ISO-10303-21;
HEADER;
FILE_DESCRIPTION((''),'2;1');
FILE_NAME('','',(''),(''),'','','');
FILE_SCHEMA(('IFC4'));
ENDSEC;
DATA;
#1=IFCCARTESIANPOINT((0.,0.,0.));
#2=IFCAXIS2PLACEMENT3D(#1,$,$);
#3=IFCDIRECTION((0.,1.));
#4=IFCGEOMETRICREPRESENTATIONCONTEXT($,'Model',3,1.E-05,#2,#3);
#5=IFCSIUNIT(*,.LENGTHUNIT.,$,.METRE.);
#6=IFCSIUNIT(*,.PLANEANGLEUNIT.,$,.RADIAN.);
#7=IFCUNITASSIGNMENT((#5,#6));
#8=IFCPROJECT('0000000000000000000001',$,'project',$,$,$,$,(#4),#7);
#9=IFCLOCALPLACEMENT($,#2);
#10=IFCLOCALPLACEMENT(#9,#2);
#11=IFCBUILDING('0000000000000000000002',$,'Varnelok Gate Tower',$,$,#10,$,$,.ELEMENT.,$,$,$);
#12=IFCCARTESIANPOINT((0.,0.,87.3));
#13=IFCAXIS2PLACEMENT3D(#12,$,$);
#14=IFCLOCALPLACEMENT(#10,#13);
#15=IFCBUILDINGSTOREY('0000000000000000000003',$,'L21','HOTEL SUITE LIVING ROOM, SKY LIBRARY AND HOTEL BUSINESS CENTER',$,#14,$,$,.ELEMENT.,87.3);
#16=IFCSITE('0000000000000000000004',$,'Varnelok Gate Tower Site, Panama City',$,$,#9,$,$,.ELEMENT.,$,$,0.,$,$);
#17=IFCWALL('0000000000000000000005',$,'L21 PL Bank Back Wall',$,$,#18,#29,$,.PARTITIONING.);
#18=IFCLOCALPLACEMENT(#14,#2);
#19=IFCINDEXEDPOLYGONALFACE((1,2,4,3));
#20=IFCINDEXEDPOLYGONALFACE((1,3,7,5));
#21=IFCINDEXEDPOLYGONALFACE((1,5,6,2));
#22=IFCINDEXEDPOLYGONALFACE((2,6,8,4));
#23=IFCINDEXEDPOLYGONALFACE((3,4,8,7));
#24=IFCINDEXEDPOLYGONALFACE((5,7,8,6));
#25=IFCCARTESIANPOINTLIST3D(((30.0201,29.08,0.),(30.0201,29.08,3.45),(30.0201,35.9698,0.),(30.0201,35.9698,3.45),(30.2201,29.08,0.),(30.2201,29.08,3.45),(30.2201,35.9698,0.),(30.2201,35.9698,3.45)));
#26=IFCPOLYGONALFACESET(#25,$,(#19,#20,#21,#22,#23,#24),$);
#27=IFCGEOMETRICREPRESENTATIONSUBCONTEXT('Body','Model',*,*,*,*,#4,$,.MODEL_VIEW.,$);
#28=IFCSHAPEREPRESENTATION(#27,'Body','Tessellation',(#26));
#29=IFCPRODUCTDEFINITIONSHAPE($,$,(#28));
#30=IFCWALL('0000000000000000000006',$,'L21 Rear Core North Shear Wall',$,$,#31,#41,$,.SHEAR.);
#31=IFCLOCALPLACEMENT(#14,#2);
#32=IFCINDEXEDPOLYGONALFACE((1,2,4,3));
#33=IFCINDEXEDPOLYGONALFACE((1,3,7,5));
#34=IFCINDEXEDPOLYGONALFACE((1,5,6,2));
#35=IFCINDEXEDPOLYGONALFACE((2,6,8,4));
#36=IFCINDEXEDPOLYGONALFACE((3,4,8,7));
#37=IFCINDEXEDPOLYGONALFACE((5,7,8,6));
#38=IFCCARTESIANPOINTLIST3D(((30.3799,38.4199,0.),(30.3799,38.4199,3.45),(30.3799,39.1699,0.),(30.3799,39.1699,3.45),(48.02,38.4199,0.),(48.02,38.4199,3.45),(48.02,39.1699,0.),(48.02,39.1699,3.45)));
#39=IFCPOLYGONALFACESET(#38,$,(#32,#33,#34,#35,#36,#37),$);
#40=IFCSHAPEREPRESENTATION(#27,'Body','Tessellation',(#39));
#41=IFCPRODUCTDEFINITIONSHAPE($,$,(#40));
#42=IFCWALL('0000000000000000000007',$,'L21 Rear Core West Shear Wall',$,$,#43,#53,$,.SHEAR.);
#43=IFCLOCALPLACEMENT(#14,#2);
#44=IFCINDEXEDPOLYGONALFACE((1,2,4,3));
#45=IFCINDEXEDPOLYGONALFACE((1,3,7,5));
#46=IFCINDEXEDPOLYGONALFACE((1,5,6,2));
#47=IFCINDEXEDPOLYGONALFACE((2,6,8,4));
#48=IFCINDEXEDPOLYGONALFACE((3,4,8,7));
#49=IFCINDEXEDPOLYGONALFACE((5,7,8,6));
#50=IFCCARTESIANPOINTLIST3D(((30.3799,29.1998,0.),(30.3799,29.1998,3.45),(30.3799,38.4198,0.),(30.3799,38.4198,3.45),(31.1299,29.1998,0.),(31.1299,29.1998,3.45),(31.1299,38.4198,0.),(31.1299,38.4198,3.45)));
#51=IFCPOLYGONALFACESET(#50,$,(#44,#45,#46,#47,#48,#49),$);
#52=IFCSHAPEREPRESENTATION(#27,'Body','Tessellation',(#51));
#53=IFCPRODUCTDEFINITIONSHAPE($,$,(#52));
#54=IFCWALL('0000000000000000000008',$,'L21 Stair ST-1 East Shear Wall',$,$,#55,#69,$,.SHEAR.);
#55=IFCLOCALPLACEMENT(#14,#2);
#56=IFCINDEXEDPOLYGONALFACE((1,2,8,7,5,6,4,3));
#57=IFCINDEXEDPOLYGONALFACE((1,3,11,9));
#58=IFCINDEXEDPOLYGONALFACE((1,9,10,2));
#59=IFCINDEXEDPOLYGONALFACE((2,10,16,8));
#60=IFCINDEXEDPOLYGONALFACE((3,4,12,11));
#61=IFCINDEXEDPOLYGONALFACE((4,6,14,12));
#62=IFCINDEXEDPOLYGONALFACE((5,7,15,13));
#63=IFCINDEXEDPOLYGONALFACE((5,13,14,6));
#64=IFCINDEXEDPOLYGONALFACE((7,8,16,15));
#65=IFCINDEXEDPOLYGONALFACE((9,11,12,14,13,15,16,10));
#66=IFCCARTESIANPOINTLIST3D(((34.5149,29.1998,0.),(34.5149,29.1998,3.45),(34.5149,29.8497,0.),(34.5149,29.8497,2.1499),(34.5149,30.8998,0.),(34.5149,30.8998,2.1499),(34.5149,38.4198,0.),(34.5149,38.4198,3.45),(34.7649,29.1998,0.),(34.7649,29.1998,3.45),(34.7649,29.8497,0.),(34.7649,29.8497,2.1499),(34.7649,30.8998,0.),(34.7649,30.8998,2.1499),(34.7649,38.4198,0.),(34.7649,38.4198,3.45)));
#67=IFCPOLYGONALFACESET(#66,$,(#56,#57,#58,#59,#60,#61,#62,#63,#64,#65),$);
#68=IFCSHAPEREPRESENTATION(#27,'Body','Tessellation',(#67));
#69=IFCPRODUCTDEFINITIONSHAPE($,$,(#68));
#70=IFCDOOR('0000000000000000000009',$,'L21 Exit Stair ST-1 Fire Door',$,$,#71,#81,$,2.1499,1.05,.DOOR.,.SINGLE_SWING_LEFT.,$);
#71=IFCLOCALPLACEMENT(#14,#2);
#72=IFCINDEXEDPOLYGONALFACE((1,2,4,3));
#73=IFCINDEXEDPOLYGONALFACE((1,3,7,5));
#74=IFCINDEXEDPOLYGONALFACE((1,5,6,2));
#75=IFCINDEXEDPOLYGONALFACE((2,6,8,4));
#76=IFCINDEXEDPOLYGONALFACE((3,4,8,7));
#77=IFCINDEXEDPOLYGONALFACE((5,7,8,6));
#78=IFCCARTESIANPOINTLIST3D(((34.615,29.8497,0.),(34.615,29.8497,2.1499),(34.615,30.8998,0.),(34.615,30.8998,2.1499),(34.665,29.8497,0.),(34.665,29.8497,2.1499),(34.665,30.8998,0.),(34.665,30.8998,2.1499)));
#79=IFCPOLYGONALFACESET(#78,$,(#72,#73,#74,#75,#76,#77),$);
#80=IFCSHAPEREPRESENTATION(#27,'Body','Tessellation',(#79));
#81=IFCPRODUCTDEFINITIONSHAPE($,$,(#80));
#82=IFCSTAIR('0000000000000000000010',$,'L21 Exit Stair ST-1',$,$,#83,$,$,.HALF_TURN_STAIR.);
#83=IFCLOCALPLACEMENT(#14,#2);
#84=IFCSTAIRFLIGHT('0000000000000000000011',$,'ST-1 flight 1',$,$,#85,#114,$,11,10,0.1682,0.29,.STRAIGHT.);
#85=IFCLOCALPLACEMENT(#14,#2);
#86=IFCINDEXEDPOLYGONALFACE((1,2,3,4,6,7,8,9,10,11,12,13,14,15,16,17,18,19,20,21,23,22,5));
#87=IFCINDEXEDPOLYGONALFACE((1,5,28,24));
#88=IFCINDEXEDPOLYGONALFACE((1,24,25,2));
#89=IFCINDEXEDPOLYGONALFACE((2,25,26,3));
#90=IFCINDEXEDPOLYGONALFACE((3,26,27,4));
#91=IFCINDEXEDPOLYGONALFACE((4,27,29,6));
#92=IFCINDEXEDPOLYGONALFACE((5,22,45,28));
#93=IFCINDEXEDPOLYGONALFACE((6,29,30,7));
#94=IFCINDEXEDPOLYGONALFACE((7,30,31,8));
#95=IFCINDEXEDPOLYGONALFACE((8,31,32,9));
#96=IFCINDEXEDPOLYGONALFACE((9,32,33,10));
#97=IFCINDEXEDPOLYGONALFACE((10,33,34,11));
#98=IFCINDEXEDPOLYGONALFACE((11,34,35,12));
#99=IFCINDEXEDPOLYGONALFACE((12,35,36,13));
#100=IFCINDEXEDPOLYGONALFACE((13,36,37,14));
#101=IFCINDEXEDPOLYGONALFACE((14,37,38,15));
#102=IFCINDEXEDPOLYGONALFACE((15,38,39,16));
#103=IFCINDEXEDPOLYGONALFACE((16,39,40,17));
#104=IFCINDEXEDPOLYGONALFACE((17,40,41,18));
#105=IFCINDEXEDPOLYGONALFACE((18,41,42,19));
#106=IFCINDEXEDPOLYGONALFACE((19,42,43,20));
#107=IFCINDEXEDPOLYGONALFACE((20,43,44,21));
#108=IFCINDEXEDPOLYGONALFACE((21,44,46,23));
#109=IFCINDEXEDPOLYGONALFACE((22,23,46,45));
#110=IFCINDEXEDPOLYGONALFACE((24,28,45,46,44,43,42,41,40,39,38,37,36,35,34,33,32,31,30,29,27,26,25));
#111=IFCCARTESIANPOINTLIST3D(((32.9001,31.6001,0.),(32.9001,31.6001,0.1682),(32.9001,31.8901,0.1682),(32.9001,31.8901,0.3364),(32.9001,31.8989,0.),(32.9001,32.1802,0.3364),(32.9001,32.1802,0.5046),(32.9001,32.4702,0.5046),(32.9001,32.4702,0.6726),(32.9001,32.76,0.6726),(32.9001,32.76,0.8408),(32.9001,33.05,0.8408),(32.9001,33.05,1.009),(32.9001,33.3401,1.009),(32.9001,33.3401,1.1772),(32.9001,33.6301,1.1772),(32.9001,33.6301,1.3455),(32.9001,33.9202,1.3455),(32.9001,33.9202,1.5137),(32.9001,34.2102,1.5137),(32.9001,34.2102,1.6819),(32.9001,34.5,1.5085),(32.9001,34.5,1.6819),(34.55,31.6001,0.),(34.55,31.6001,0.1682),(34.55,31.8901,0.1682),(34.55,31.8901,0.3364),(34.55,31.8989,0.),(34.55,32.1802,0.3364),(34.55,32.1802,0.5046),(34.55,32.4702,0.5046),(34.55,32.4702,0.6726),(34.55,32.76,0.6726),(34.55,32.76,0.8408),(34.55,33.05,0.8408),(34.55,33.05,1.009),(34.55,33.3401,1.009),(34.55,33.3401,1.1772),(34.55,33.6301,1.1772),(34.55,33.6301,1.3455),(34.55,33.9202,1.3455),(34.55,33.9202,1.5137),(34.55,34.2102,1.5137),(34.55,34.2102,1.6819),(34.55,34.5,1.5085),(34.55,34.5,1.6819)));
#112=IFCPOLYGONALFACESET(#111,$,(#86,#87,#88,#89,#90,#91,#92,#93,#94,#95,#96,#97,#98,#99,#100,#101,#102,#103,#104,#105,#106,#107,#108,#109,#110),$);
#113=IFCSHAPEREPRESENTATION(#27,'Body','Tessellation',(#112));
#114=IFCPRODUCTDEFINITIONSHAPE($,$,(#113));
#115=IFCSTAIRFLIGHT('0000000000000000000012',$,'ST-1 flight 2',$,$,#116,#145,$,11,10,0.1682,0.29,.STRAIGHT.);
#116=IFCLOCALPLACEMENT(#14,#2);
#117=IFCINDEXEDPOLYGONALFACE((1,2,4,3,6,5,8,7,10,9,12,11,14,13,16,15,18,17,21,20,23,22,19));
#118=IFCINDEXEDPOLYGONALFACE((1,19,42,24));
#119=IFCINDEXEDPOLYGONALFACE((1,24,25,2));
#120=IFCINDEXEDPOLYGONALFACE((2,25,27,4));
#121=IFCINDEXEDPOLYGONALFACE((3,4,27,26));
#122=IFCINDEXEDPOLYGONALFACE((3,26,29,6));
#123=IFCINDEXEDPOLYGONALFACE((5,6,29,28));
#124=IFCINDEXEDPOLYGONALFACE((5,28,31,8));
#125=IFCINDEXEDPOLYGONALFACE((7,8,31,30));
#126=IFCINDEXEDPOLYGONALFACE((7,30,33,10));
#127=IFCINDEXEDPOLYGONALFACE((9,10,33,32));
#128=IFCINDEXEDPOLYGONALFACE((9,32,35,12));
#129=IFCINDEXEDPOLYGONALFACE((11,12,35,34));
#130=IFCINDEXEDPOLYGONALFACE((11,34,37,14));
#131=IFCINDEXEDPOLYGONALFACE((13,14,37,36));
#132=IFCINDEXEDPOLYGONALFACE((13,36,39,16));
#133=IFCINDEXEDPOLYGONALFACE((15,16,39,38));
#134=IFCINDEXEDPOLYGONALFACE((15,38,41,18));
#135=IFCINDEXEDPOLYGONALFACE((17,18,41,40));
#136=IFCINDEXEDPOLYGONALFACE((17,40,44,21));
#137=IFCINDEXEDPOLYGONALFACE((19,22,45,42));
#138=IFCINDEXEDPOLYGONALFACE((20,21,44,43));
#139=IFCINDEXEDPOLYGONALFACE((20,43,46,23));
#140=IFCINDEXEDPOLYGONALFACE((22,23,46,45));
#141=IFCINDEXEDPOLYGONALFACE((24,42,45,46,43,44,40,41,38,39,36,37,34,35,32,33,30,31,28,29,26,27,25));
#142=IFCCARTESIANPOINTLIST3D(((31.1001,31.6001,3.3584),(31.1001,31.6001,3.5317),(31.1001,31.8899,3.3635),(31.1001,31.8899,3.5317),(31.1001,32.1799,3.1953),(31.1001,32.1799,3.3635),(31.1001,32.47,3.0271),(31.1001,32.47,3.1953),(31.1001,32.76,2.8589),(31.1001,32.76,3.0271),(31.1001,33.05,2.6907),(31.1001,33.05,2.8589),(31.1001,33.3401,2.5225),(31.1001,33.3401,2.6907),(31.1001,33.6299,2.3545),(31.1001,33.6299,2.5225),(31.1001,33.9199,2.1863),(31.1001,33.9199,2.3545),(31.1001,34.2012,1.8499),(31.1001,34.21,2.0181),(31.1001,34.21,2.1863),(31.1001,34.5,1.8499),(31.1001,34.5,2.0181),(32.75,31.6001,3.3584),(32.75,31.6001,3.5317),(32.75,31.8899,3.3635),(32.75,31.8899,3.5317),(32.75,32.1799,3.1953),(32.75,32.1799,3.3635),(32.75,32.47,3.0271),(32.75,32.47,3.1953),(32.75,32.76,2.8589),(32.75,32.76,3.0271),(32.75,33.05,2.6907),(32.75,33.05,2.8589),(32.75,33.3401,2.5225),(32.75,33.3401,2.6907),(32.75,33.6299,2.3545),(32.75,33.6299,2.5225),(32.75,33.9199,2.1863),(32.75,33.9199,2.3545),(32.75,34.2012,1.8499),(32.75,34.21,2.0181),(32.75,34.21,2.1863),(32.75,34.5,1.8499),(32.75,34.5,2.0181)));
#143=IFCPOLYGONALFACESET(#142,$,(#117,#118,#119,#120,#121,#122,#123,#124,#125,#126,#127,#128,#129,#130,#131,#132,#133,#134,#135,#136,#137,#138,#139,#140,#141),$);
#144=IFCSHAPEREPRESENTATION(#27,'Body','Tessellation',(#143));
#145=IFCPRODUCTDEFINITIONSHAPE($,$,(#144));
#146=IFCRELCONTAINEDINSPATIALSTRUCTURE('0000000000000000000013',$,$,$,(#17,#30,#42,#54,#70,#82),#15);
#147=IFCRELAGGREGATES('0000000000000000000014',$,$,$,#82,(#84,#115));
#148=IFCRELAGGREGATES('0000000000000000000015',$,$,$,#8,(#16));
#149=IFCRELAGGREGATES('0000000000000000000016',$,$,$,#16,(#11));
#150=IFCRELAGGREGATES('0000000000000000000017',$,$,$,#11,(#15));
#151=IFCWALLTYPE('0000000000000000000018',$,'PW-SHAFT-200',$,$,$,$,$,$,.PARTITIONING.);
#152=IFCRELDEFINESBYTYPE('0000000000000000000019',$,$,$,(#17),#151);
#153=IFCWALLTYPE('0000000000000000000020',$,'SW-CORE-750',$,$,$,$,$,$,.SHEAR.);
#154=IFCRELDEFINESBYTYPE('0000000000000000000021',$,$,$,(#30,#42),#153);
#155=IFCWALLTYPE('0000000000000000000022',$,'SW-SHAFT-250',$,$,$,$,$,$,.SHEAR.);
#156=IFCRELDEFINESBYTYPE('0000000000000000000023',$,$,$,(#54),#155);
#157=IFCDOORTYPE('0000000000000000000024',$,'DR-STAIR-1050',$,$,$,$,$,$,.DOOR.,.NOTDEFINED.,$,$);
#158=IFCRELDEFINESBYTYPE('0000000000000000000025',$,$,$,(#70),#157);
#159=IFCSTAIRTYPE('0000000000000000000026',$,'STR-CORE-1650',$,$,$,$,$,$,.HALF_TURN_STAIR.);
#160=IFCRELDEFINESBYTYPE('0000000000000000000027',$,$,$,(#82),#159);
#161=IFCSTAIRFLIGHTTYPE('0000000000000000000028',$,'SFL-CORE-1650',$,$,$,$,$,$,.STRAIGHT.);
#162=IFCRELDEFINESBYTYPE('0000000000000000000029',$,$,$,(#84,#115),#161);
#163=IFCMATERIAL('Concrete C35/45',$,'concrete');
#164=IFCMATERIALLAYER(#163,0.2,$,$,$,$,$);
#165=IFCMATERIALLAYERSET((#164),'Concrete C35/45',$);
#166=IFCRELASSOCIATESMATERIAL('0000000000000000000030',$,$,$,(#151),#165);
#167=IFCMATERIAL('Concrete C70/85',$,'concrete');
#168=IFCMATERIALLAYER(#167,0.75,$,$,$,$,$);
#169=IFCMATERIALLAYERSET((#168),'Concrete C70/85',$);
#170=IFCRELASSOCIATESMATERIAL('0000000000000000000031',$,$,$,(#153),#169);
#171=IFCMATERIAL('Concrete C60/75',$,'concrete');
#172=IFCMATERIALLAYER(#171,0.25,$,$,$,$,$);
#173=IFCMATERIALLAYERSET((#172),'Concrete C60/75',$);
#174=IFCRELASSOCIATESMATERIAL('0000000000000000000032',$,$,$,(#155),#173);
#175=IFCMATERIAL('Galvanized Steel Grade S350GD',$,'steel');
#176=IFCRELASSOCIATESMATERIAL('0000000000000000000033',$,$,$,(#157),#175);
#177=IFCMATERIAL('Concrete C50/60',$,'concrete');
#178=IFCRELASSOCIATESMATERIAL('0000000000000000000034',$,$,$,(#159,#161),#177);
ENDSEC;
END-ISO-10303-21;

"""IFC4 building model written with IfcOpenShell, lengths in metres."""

from ifc_helpers import new_model, si_unit, direction, frame, frame_2d, origin, place, context, subcontext, project, spatial, polyline, rectangle, outline, extrude, material, layer, layer_set, type_object, element, fill, aggregate, save


model = new_model("IFC4")

# Units and contexts
model_context = context("Model", 3, precision=1e-05, world=origin(), true_north=direction((0.0, 1.0)))
body_context = subcontext(model_context, "Body", "Model", "MODEL_VIEW")
ifc_project = project(units=[si_unit("LENGTHUNIT", "METRE"), si_unit("PLANEANGLEUNIT", "RADIAN")], contexts=[model_context])

# Site, building, storey
site_placement = place(None, origin())
site = spatial("IfcSite", under=ifc_project, at=site_placement, Name="Varnelok Gate Tower Site, Panama City", CompositionType="ELEMENT", RefElevation=0.0)
building_placement = place(site_placement, origin())
building = spatial("IfcBuilding", under=site, at=building_placement, Name="Varnelok Gate Tower", CompositionType="ELEMENT")
storey_placement = place(building_placement, frame((0.0, 0.0, 87.3)))
storey = spatial("IfcBuildingStorey", under=building, at=storey_placement, Name="L21", Description="HOTEL SUITE LIVING ROOM, SKY LIBRARY AND HOTEL BUSINESS CENTER", CompositionType="ELEMENT", Elevation=87.3)

# Shared definitions
ifc_material_1 = material(Name="Concrete C35/45", Category="concrete")
ifc_layer_1 = layer(ifc_material_1, 0.2)
ifc_layer_set_1 = layer_set([ifc_layer_1], Name="Concrete C35/45")
wall_type_1 = type_object("IfcWallType", Name="PW-SHAFT-200", PredefinedType="PARTITIONING", material=ifc_layer_set_1)
ifc_material_2 = material(Name="Galvanized Steel Grade S350GD", Category="steel")

# Wall
wall_1_placement = place(storey_placement, frame((30.1201, 29.0801, 0.0), z_axis=(0.0, 0.0, 1.0), x_axis=(0.0, 1.0, 0.0)))
element("IfcWall", 1, at=wall_1_placement, inside=storey, type_object=wall_type_1, Name="L21 PL Bank Back Wall", PredefinedType="PARTITIONING", context=body_context, shape_type="SweptSolid", body=[
    extrude(rectangle(XDim=6.8899, YDim=0.2, at=frame_2d((3.4448, 0.0))), origin(), (0.0, 0.0, 1.0), 3.45),
])

# Walls
ifc_material_3 = material(Name="Concrete C70/85", Category="concrete")
ifc_layer_2 = layer(ifc_material_3, 0.75)
ifc_layer_set_2 = layer_set([ifc_layer_2], Name="Concrete C70/85")
wall_type_2 = type_object("IfcWallType", Name="SW-CORE-750", PredefinedType="SHEAR", material=ifc_layer_set_2)
wall_2_placement = place(storey_placement, frame((30.3799, 38.7949, 0.0), z_axis=(0.0, 0.0, 1.0), x_axis=(1.0, 0.0, 0.0)))
element("IfcWall", 2, at=wall_2_placement, inside=storey, type_object=wall_type_2, Name="L21 Rear Core North Shear Wall", PredefinedType="SHEAR", context=body_context, shape_type="SweptSolid", body=[
    extrude(rectangle(XDim=17.6401, YDim=0.75, at=frame_2d((8.8201, 0.0))), origin(), (0.0, 0.0, 1.0), 3.45),
])
wall_3_placement = place(storey_placement, frame((30.7549, 29.2, 0.0), z_axis=(0.0, 0.0, 1.0), x_axis=(0.0, 1.0, 0.0)))
element("IfcWall", 3, at=wall_3_placement, inside=storey, type_object=wall_type_2, Name="L21 Rear Core West Shear Wall", PredefinedType="SHEAR", context=body_context, shape_type="SweptSolid", body=[
    extrude(rectangle(XDim=9.22, YDim=0.75, at=frame_2d((4.6099, 0.0))), origin(), (0.0, 0.0, 1.0), 3.45),
])

# Wall, opening, door
ifc_material_4 = material(Name="Concrete C60/75", Category="concrete")
ifc_layer_3 = layer(ifc_material_4, 0.25)
ifc_layer_set_3 = layer_set([ifc_layer_3], Name="Concrete C60/75")
wall_type_3 = type_object("IfcWallType", Name="SW-SHAFT-250", PredefinedType="SHEAR", material=ifc_layer_set_3)
wall_4_placement = place(storey_placement, frame((34.6399, 29.2, 0.0), z_axis=(0.0, 0.0, 1.0), x_axis=(0.0, 1.0, 0.0)))
wall_4 = element("IfcWall", 4, at=wall_4_placement, inside=storey, type_object=wall_type_3, Name="L21 Stair ST-1 East Shear Wall", PredefinedType="SHEAR", context=body_context, shape_type="SweptSolid", body=[
    extrude(rectangle(XDim=9.22, YDim=0.25, at=frame_2d((4.6099, 0.0))), origin(), (0.0, 0.0, 1.0), 3.45),
])
opening_1_placement = place(wall_4_placement, frame((0.6499, 0.0, 0.0)))
opening_1 = element("IfcOpeningElement", 5, at=opening_1_placement, cuts=wall_4, PredefinedType="OPENING", context=body_context, shape_type="SweptSolid", body=[
    extrude(rectangle(XDim=1.05, YDim=2.1499, at=frame_2d((0.5249, 1.075))), frame((0.0, 0.135, 0.0), z_axis=(0.0, -1.0, 0.0), x_axis=(1.0, 0.0, 0.0)), (0.0, 0.0, 1.0), 0.27),
])
door_type_1 = type_object("IfcDoorType", Name="DR-STAIR-1050", OperationType="NOTDEFINED", PredefinedType="DOOR", material=ifc_material_2)
door_1_placement = place(opening_1_placement, origin())
door_1 = element("IfcDoor", 6, at=door_1_placement, inside=storey, type_object=door_type_1, Name="L21 Exit Stair ST-1 Fire Door", OperationType="SINGLE_SWING_LEFT", OverallHeight=2.1499, OverallWidth=1.05, PredefinedType="DOOR", context=body_context, shape_type="SweptSolid", body=[
    extrude(rectangle(XDim=1.05, YDim=2.1499, at=frame_2d((0.5249, 1.075))), frame((0.0, 0.0249, 0.0), z_axis=(0.0, -1.0, 0.0), x_axis=(1.0, 0.0, 0.0)), (0.0, 0.0, 1.0), 0.05),
])
fill(opening_1, door_1)

# Stair, stair flights
ifc_material_5 = material(Name="Concrete C50/60", Category="concrete")
stair_type = type_object("IfcStairType", Name="STR-CORE-1650", PredefinedType="HALF_TURN_STAIR", material=ifc_material_5)
stair_placement = place(storey_placement, origin())
stair = element("IfcStair", 7, at=stair_placement, inside=storey, type_object=stair_type, Name="L21 Exit Stair ST-1", PredefinedType="HALF_TURN_STAIR")
stair_flight_type = type_object("IfcStairFlightType", Name="SFL-CORE-1650", PredefinedType="STRAIGHT", material=ifc_material_5)
stair_flight_1_placement = place(storey_placement, frame((33.7251, 31.6001, 0.0), z_axis=(0.0, 0.0, 1.0), x_axis=(0.0, 1.0, 0.0)))
stair_flight_1 = element("IfcStairFlight", 8, at=stair_flight_1_placement, type_object=stair_flight_type, Name="ST-1 flight 1", NumberOfRisers=11, NumberOfTreads=10, PredefinedType="STRAIGHT", RiserHeight=0.1682, TreadLength=0.29, context=body_context, shape_type="SweptSolid", body=[
    extrude(outline(polyline([(0.0, 0.0), (0.0, 0.1682), (0.29, 0.1682), (0.29, 0.3364), (0.5801, 0.3364), (0.5801, 0.5046), (0.8701, 0.5046), (0.8701, 0.6726), (1.1599, 0.6726), (1.1599, 0.8408), (1.45, 0.8408), (1.45, 1.009), (1.74, 1.009), (1.74, 1.1772), (2.03, 1.1772), (2.03, 1.3455), (2.3201, 1.3455), (2.3201, 1.5137), (2.6101, 1.5137), (2.6101, 1.6819), (2.8999, 1.6819), (2.8999, 1.8501), (2.8999, 1.5085), (0.2988, 0.0), (0.0, 0.0)])), frame((0.0, 0.825, 0.0), z_axis=(0.0, -1.0, 0.0), x_axis=(1.0, 0.0, 0.0)), (0.0, 0.0, 1.0), 1.6499),
])
stair_flight_2_placement = place(storey_placement, frame((31.925, 34.5, 1.8499), z_axis=(0.0, 0.0, 1.0), x_axis=(0.0, -1.0, 0.0)))
stair_flight_2 = element("IfcStairFlight", 9, at=stair_flight_2_placement, type_object=stair_flight_type, Name="ST-1 flight 2", NumberOfRisers=11, NumberOfTreads=10, PredefinedType="STRAIGHT", RiserHeight=0.1682, TreadLength=0.29, context=body_context, shape_type="SweptSolid", body=[
    extrude(outline(polyline([(0.0, 0.0), (0.0, 0.1682), (0.29, 0.1682), (0.29, 0.3364), (0.5801, 0.3364), (0.5801, 0.5046), (0.8701, 0.5046), (0.8701, 0.6726), (1.1599, 0.6726), (1.1599, 0.8408), (1.45, 0.8408), (1.45, 1.009), (1.74, 1.009), (1.74, 1.1772), (2.03, 1.1772), (2.03, 1.3455), (2.3201, 1.3455), (2.3201, 1.5137), (2.6101, 1.5137), (2.6101, 1.6819), (2.8999, 1.6819), (2.8999, 1.8501), (2.8999, 1.5085), (0.2988, 0.0), (0.0, 0.0)])), frame((0.0, 0.825, 0.0), z_axis=(0.0, -1.0, 0.0), x_axis=(1.0, 0.0, 0.0)), (0.0, 0.0, 1.0), 1.6499),
])
aggregate(stair, [stair_flight_1, stair_flight_2])

save(model, "model.ifc")
